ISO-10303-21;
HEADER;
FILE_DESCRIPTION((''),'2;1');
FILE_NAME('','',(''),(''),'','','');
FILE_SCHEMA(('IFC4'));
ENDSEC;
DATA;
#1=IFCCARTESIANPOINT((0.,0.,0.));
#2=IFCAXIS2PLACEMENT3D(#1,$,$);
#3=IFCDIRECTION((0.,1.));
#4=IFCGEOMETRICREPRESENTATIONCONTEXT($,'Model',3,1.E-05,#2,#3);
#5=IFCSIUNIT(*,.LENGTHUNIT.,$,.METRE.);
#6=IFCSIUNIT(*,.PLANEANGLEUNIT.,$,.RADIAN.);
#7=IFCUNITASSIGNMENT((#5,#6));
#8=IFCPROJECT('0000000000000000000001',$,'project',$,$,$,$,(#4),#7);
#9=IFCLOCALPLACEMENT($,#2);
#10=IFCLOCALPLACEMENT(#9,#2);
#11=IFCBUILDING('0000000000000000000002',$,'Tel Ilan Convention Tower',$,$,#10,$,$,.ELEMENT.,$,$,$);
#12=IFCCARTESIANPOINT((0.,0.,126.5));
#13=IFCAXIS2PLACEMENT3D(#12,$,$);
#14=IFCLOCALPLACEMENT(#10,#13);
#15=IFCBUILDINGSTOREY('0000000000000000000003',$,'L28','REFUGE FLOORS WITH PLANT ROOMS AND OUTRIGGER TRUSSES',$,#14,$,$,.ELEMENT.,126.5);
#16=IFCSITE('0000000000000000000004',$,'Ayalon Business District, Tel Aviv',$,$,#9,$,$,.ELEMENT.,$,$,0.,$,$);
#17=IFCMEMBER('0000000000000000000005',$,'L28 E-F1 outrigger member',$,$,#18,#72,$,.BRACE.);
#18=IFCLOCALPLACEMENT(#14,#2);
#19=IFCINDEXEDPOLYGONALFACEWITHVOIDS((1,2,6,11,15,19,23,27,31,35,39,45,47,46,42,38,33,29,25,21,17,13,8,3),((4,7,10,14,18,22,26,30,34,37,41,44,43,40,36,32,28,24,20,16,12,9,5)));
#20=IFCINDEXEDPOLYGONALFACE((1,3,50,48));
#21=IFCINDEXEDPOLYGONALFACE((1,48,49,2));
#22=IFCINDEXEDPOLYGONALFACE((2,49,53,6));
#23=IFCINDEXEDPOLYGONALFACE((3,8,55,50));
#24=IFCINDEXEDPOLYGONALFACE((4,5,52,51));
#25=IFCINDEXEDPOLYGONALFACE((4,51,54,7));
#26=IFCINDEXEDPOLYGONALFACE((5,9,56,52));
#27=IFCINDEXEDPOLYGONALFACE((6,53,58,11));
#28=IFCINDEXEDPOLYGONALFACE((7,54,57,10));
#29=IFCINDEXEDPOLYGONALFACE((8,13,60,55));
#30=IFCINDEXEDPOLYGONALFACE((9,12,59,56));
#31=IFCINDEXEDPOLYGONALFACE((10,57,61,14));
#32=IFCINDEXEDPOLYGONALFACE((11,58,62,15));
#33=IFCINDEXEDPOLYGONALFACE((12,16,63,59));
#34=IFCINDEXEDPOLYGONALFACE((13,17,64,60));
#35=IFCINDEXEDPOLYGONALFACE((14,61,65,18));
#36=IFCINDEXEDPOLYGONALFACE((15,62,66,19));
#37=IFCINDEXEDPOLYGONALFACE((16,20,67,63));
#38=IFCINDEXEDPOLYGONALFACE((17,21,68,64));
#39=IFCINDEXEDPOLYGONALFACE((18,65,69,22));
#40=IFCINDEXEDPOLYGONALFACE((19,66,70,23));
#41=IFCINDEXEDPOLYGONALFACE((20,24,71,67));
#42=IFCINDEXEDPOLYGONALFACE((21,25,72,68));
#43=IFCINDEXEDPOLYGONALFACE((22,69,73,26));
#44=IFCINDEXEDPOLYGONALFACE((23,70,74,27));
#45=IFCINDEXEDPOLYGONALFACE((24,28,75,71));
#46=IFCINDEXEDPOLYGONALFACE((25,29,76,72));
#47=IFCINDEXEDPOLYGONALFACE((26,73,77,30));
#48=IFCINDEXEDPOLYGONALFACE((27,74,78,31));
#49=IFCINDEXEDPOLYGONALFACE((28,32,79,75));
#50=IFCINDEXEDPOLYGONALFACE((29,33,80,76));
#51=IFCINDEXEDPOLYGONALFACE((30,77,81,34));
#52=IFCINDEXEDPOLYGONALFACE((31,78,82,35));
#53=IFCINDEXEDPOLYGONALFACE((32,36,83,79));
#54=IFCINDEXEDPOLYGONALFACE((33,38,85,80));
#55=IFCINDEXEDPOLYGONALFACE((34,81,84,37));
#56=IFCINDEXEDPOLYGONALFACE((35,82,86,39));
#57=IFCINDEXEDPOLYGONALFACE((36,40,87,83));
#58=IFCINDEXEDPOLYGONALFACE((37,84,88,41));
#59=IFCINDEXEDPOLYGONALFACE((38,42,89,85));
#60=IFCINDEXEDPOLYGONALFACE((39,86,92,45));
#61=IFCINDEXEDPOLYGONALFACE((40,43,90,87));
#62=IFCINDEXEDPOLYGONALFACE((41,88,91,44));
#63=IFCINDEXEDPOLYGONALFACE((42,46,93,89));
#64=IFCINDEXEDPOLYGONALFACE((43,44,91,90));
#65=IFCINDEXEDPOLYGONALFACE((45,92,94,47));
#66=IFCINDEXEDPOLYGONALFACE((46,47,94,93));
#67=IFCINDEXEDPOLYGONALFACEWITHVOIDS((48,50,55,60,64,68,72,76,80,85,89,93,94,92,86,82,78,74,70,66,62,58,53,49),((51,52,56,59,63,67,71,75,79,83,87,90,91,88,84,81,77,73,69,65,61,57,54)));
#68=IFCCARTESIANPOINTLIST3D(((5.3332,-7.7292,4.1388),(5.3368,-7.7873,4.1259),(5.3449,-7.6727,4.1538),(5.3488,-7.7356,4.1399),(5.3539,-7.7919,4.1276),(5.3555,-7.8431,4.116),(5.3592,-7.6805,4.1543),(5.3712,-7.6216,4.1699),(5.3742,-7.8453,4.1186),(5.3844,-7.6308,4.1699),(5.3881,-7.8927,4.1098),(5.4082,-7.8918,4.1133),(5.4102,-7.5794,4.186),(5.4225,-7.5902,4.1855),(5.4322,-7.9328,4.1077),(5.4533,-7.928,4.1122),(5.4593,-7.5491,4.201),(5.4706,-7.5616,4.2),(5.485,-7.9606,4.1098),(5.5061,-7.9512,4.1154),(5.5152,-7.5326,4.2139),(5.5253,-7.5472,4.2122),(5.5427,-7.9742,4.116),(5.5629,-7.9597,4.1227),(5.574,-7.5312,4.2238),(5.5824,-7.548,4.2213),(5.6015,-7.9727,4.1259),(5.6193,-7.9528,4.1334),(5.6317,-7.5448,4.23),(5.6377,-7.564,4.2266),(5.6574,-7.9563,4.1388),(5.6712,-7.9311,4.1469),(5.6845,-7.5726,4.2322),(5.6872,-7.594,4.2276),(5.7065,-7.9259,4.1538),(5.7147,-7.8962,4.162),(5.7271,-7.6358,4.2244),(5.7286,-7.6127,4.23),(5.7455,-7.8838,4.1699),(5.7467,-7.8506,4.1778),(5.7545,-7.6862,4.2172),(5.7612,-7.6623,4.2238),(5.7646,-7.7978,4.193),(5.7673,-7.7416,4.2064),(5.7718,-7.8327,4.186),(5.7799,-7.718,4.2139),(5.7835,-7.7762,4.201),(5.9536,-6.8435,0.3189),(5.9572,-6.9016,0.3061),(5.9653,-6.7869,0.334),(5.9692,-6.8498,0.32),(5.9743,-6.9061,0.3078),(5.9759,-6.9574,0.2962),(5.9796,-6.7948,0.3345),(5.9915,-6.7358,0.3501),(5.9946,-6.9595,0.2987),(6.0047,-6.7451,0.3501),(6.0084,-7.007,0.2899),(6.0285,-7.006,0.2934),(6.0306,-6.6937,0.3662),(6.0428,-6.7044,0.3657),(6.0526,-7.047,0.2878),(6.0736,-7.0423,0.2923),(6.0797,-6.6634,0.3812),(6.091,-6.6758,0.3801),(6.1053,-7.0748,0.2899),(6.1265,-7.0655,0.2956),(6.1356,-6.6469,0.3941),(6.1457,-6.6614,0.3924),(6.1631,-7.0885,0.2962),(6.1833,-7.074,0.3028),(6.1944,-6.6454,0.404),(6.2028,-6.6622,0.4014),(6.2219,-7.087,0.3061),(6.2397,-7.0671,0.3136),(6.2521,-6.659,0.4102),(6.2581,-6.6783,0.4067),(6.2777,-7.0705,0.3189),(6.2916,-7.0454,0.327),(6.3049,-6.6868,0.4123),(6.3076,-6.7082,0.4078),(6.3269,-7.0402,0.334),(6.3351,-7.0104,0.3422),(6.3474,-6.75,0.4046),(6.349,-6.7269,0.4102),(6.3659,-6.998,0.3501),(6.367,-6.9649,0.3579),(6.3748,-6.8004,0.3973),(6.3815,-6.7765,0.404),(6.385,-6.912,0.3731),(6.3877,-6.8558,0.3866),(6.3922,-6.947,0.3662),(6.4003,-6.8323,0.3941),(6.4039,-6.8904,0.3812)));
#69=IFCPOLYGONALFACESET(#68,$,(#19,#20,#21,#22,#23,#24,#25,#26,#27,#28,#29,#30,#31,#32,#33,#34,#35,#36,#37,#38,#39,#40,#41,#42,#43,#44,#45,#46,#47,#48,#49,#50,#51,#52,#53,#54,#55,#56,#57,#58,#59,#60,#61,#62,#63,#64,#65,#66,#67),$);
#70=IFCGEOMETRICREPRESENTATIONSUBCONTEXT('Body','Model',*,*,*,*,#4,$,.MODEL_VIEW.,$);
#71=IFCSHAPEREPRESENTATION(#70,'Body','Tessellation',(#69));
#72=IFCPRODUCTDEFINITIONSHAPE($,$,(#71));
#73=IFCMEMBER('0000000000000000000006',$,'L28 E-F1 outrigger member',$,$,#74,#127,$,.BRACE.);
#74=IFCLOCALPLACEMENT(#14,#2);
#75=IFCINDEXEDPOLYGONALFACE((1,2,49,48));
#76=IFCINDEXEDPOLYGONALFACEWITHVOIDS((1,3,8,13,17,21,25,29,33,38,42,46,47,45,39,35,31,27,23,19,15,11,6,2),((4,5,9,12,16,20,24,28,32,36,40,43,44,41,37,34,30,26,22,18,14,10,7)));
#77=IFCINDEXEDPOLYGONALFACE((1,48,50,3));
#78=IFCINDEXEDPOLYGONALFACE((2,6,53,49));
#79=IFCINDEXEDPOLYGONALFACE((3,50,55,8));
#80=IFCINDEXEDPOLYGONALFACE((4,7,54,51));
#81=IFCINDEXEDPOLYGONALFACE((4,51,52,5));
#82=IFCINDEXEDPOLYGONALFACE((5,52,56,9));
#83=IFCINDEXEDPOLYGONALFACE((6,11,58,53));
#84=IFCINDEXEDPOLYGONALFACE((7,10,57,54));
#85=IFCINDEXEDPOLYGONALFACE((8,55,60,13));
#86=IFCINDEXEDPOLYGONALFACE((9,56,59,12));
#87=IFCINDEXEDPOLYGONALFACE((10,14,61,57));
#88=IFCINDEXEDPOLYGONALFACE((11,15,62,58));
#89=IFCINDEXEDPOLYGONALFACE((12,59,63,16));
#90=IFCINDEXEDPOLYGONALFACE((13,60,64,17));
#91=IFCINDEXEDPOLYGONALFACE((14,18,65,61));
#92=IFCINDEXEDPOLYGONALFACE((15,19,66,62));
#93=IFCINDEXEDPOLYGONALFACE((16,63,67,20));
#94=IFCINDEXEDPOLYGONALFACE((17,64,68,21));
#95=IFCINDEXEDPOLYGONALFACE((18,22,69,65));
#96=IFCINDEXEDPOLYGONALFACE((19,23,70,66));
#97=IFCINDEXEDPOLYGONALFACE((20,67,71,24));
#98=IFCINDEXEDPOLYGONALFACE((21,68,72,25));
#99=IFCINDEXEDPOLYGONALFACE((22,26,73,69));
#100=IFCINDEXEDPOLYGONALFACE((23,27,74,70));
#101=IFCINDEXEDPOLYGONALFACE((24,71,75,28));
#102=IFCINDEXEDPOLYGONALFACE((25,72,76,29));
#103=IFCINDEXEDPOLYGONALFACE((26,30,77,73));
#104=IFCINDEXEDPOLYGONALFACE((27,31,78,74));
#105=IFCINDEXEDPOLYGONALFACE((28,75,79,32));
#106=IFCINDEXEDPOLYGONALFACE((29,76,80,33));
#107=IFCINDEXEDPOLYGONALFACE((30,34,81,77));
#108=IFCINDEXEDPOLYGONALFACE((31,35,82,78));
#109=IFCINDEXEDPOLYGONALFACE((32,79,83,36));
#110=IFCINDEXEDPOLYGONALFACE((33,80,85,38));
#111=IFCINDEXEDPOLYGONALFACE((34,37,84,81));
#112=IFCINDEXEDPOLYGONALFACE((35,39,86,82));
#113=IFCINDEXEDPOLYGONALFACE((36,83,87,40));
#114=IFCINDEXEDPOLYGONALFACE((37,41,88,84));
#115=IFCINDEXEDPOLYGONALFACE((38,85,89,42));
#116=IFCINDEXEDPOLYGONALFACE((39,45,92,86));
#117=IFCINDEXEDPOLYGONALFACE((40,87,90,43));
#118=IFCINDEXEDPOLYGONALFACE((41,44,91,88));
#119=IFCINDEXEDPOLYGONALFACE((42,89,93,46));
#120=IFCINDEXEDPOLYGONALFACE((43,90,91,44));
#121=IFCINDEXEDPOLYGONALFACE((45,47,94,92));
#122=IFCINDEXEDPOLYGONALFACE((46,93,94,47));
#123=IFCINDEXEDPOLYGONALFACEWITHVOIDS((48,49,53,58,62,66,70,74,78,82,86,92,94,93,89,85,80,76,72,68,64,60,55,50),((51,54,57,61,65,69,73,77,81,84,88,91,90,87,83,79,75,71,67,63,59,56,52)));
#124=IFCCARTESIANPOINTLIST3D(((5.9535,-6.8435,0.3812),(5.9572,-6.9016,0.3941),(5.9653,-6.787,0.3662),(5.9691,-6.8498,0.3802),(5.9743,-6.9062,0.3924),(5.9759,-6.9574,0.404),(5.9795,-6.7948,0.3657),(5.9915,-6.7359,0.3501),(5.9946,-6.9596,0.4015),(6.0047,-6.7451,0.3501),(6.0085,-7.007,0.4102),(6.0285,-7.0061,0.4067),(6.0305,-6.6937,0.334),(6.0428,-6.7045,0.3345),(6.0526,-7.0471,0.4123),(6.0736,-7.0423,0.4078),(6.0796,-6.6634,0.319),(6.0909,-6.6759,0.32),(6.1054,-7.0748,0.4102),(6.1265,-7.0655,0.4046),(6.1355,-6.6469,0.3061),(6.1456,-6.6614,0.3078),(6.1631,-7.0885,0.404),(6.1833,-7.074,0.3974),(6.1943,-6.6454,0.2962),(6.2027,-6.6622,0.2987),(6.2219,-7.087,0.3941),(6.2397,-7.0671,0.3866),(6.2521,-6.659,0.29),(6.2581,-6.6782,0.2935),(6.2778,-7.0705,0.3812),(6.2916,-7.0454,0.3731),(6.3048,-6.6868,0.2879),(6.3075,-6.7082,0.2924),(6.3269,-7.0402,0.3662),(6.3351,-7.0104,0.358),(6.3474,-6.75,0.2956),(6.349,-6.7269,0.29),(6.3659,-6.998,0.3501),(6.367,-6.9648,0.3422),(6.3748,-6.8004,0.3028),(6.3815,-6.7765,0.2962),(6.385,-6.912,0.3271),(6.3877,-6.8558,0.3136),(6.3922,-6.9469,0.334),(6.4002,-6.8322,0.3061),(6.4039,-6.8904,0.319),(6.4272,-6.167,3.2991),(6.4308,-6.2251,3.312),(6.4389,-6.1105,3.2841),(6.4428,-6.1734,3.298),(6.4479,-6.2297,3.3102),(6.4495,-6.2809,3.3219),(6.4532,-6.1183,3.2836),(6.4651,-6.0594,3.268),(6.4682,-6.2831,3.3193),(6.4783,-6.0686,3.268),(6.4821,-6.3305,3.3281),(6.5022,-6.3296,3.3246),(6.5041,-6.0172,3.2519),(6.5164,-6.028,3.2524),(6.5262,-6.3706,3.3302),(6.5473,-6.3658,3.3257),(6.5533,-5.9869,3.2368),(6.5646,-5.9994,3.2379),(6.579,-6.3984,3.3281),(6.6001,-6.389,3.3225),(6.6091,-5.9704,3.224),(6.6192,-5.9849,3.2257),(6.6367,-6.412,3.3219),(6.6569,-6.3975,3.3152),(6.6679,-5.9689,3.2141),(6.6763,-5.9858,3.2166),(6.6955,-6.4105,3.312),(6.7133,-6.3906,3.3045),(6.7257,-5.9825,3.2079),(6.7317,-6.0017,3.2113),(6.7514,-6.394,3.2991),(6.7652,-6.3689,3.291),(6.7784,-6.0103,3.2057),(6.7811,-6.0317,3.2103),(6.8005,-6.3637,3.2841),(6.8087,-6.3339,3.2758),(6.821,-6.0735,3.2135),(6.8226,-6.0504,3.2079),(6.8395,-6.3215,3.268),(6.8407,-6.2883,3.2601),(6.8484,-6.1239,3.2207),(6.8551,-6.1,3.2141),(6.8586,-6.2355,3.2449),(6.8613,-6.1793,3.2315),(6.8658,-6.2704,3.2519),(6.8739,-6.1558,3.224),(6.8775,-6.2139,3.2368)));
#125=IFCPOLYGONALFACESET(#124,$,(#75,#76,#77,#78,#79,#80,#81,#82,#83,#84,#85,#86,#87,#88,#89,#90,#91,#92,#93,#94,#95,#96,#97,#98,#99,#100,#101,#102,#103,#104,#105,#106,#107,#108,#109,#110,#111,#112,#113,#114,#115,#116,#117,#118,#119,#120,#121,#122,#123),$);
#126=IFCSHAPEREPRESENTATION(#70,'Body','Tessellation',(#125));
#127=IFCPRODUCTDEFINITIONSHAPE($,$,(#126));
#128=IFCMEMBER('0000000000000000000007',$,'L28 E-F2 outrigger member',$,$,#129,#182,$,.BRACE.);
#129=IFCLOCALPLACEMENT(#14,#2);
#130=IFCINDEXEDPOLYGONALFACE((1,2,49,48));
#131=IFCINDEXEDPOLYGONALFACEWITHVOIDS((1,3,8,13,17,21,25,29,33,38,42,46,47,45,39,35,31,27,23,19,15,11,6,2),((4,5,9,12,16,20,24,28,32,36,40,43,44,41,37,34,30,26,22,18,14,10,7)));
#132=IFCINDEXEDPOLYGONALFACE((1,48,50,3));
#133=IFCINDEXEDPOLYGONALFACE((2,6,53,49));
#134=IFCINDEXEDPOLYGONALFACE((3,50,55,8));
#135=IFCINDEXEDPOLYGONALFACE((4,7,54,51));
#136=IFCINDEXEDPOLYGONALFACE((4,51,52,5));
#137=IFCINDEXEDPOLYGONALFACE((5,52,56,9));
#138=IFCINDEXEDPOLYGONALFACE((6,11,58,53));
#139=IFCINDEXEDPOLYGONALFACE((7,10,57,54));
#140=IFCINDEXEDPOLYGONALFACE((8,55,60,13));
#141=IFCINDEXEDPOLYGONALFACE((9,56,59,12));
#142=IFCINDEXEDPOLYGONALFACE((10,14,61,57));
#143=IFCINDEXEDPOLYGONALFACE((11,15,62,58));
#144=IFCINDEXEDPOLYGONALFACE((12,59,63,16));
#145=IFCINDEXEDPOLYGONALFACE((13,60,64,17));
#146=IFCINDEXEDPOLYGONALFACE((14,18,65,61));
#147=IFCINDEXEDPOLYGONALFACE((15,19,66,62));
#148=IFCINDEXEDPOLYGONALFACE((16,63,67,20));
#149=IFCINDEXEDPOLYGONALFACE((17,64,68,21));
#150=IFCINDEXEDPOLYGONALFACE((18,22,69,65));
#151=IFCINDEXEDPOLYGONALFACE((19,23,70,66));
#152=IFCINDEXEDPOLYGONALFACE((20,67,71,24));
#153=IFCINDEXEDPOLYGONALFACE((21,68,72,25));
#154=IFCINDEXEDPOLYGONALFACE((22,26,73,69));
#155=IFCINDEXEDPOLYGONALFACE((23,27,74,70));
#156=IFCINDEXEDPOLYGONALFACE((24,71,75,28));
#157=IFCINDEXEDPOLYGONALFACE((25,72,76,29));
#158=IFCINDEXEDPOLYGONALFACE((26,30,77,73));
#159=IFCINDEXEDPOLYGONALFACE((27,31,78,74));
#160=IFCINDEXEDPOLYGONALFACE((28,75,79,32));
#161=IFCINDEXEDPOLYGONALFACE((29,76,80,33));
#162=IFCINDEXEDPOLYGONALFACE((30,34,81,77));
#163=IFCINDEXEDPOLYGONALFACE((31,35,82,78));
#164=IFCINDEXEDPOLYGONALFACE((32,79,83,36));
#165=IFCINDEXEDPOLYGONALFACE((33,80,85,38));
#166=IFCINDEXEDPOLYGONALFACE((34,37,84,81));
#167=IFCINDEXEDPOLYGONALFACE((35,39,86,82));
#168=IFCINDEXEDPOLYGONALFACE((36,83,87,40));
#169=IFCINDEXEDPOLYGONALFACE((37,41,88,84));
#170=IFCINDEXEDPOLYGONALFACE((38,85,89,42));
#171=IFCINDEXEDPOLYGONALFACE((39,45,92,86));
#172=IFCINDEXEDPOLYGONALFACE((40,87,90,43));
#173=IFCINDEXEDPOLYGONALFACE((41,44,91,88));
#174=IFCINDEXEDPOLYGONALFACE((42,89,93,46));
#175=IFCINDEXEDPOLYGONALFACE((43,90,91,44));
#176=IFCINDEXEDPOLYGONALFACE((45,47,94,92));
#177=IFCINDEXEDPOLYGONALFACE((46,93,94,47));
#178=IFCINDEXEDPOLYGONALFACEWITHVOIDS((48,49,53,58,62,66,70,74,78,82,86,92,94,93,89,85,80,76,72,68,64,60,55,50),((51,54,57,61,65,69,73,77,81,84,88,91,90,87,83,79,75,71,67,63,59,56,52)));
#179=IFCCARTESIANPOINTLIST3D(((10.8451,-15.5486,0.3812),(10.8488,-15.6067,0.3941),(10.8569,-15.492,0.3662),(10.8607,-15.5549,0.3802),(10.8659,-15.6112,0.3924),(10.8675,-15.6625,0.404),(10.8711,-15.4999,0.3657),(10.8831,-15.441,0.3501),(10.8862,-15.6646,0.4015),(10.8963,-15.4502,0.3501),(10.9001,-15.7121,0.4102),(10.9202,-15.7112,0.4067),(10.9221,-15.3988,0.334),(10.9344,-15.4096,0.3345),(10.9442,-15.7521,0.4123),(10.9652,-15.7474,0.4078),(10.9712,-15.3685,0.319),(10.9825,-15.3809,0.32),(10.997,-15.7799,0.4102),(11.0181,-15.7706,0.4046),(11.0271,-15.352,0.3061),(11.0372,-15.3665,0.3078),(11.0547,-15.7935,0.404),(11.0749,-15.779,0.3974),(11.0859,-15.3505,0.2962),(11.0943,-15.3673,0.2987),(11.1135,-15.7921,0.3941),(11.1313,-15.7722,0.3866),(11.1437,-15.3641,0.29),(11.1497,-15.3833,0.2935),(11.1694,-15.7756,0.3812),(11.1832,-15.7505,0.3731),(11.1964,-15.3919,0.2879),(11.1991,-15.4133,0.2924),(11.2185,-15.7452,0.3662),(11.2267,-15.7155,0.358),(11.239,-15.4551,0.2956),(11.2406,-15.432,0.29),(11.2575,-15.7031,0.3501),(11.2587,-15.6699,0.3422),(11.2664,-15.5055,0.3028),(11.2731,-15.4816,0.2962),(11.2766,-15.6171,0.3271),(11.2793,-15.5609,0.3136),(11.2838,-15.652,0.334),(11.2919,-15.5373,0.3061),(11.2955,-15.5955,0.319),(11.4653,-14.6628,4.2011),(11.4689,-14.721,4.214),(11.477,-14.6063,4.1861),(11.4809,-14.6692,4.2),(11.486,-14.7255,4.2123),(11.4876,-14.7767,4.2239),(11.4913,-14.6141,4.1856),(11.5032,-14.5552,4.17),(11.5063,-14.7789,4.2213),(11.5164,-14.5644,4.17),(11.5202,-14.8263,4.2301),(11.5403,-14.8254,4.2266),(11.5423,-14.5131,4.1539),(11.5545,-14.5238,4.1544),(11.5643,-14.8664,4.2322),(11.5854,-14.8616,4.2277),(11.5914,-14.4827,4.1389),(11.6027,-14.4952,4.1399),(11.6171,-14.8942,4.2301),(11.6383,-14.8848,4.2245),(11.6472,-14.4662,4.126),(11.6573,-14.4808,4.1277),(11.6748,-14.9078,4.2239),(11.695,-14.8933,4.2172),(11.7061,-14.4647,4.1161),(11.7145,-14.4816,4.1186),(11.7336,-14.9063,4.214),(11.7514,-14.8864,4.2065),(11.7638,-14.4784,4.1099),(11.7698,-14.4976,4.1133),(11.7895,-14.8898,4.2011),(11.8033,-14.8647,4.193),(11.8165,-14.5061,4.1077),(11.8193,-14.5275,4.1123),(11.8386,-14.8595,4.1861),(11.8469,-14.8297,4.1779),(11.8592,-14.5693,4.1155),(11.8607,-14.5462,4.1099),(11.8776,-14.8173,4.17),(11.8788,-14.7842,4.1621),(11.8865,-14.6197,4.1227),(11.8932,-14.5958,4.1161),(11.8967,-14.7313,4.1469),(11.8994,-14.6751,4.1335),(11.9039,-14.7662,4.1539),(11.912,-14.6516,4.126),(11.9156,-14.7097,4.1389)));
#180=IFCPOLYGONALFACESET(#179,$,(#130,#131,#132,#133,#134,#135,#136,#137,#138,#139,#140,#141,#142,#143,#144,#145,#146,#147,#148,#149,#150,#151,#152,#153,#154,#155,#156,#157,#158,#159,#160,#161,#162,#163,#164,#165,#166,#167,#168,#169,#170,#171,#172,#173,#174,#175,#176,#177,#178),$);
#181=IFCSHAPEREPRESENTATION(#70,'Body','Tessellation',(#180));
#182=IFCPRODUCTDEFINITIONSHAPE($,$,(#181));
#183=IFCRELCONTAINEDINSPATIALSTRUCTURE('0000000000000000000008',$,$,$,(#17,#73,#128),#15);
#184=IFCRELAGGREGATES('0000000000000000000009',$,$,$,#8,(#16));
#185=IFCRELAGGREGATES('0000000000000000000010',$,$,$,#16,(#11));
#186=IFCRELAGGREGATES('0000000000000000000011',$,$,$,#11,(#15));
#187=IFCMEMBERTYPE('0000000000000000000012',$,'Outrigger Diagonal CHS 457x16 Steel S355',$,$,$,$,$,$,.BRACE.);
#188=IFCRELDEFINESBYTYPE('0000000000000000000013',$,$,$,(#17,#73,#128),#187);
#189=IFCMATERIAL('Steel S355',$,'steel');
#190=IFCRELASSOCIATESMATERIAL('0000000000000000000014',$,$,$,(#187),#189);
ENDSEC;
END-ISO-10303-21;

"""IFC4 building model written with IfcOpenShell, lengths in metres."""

from ifc_helpers import new_model, si_unit, direction, frame, origin, origin_2d, place, context, subcontext, project, spatial, hollow_circle, extrude, material, material_profile, profile_set, type_object, element, save


model = new_model("IFC4")

# Units and contexts
model_context = context("Model", 3, precision=1e-05, world=origin(), true_north=direction((0.0, 1.0)))
body_context = subcontext(model_context, "Body", "Model", "MODEL_VIEW")
ifc_project = project(units=[si_unit("LENGTHUNIT", "METRE"), si_unit("PLANEANGLEUNIT", "RADIAN")], contexts=[model_context])

# Site, building, storey
site_placement = place(None, origin())
site = spatial("IfcSite", under=ifc_project, at=site_placement, Name="Ayalon Business District, Tel Aviv", CompositionType="ELEMENT", RefElevation=0.0)
building_placement = place(site_placement, origin())
building = spatial("IfcBuilding", under=site, at=building_placement, Name="Tel Ilan Convention Tower", CompositionType="ELEMENT")
storey_placement = place(building_placement, frame((0.0, 0.0, 126.5)))
storey = spatial("IfcBuildingStorey", under=building, at=storey_placement, Name="L28", Description="REFUGE FLOORS WITH PLANT ROOMS AND OUTRIGGER TRUSSES", CompositionType="ELEMENT", Elevation=126.5)

# Members
ifc_material_1 = material(Name="Steel S355", Category="steel")
ifc_material_profile_1 = material_profile(ifc_material_1, hollow_circle(Radius=0.2285, WallThickness=0.0161, at=origin_2d()), Name="CHS 457x16")
ifc_profile_set_1 = profile_set([ifc_material_profile_1], Name="Steel S355")
member_type_1 = type_object("IfcMemberType", Name="Outrigger Diagonal CHS 457x16 Steel S355", PredefinedType="BRACE", material=ifc_profile_set_1)
for number, where, z_axis, x_axis, name in (
    (1, (5.5583, -7.7527, 4.1699), (0.156265, 0.223112, -0.962186), (-0.819083, 0.573674, 0.0), "L28 E-F1 outrigger member"),
):
    element("IfcMember", number, at=place(storey_placement, frame(where, z_axis=z_axis, x_axis=x_axis)), inside=storey, type_object=member_type_1, Name=name, PredefinedType="BRACE", context=body_context, shape_type="SweptSolid", body=[
        extrude(hollow_circle(Radius=0.2285, WallThickness=0.0161, at=origin_2d()), origin(), (0.0, 0.0, 1.0), 3.97),
    ])
member_1_placement = place(storey_placement, frame((6.1787, -6.8669, 0.3501), z_axis=(0.156181, 0.223082, 0.962207), x_axis=(-0.81919, 0.573522, 0.0)))
element("IfcMember", 2, at=member_1_placement, inside=storey, type_object=member_type_1, Name="L28 E-F1 outrigger member", PredefinedType="BRACE", context=body_context, shape_type="SweptSolid", body=[
    extrude(hollow_circle(Radius=0.2285, WallThickness=0.0161, at=origin_2d()), origin(), (0.0, 0.0, 1.0), 3.0325),
])
for number, where, z_axis, x_axis, name in (
    (3, (11.0703, -15.572, 0.3501), (0.156205, 0.223114, 0.962195), (-0.819189, 0.573523, 0.0), "L28 E-F2 outrigger member"),
):
    element("IfcMember", number, at=place(storey_placement, frame(where, z_axis=z_axis, x_axis=x_axis)), inside=storey, type_object=member_type_1, Name=name, PredefinedType="BRACE", context=body_context, shape_type="SweptSolid", body=[
        extrude(hollow_circle(Radius=0.2285, WallThickness=0.0161, at=origin_2d()), origin(), (0.0, 0.0, 1.0), 3.97),
    ])

save(model, "model.ifc")
